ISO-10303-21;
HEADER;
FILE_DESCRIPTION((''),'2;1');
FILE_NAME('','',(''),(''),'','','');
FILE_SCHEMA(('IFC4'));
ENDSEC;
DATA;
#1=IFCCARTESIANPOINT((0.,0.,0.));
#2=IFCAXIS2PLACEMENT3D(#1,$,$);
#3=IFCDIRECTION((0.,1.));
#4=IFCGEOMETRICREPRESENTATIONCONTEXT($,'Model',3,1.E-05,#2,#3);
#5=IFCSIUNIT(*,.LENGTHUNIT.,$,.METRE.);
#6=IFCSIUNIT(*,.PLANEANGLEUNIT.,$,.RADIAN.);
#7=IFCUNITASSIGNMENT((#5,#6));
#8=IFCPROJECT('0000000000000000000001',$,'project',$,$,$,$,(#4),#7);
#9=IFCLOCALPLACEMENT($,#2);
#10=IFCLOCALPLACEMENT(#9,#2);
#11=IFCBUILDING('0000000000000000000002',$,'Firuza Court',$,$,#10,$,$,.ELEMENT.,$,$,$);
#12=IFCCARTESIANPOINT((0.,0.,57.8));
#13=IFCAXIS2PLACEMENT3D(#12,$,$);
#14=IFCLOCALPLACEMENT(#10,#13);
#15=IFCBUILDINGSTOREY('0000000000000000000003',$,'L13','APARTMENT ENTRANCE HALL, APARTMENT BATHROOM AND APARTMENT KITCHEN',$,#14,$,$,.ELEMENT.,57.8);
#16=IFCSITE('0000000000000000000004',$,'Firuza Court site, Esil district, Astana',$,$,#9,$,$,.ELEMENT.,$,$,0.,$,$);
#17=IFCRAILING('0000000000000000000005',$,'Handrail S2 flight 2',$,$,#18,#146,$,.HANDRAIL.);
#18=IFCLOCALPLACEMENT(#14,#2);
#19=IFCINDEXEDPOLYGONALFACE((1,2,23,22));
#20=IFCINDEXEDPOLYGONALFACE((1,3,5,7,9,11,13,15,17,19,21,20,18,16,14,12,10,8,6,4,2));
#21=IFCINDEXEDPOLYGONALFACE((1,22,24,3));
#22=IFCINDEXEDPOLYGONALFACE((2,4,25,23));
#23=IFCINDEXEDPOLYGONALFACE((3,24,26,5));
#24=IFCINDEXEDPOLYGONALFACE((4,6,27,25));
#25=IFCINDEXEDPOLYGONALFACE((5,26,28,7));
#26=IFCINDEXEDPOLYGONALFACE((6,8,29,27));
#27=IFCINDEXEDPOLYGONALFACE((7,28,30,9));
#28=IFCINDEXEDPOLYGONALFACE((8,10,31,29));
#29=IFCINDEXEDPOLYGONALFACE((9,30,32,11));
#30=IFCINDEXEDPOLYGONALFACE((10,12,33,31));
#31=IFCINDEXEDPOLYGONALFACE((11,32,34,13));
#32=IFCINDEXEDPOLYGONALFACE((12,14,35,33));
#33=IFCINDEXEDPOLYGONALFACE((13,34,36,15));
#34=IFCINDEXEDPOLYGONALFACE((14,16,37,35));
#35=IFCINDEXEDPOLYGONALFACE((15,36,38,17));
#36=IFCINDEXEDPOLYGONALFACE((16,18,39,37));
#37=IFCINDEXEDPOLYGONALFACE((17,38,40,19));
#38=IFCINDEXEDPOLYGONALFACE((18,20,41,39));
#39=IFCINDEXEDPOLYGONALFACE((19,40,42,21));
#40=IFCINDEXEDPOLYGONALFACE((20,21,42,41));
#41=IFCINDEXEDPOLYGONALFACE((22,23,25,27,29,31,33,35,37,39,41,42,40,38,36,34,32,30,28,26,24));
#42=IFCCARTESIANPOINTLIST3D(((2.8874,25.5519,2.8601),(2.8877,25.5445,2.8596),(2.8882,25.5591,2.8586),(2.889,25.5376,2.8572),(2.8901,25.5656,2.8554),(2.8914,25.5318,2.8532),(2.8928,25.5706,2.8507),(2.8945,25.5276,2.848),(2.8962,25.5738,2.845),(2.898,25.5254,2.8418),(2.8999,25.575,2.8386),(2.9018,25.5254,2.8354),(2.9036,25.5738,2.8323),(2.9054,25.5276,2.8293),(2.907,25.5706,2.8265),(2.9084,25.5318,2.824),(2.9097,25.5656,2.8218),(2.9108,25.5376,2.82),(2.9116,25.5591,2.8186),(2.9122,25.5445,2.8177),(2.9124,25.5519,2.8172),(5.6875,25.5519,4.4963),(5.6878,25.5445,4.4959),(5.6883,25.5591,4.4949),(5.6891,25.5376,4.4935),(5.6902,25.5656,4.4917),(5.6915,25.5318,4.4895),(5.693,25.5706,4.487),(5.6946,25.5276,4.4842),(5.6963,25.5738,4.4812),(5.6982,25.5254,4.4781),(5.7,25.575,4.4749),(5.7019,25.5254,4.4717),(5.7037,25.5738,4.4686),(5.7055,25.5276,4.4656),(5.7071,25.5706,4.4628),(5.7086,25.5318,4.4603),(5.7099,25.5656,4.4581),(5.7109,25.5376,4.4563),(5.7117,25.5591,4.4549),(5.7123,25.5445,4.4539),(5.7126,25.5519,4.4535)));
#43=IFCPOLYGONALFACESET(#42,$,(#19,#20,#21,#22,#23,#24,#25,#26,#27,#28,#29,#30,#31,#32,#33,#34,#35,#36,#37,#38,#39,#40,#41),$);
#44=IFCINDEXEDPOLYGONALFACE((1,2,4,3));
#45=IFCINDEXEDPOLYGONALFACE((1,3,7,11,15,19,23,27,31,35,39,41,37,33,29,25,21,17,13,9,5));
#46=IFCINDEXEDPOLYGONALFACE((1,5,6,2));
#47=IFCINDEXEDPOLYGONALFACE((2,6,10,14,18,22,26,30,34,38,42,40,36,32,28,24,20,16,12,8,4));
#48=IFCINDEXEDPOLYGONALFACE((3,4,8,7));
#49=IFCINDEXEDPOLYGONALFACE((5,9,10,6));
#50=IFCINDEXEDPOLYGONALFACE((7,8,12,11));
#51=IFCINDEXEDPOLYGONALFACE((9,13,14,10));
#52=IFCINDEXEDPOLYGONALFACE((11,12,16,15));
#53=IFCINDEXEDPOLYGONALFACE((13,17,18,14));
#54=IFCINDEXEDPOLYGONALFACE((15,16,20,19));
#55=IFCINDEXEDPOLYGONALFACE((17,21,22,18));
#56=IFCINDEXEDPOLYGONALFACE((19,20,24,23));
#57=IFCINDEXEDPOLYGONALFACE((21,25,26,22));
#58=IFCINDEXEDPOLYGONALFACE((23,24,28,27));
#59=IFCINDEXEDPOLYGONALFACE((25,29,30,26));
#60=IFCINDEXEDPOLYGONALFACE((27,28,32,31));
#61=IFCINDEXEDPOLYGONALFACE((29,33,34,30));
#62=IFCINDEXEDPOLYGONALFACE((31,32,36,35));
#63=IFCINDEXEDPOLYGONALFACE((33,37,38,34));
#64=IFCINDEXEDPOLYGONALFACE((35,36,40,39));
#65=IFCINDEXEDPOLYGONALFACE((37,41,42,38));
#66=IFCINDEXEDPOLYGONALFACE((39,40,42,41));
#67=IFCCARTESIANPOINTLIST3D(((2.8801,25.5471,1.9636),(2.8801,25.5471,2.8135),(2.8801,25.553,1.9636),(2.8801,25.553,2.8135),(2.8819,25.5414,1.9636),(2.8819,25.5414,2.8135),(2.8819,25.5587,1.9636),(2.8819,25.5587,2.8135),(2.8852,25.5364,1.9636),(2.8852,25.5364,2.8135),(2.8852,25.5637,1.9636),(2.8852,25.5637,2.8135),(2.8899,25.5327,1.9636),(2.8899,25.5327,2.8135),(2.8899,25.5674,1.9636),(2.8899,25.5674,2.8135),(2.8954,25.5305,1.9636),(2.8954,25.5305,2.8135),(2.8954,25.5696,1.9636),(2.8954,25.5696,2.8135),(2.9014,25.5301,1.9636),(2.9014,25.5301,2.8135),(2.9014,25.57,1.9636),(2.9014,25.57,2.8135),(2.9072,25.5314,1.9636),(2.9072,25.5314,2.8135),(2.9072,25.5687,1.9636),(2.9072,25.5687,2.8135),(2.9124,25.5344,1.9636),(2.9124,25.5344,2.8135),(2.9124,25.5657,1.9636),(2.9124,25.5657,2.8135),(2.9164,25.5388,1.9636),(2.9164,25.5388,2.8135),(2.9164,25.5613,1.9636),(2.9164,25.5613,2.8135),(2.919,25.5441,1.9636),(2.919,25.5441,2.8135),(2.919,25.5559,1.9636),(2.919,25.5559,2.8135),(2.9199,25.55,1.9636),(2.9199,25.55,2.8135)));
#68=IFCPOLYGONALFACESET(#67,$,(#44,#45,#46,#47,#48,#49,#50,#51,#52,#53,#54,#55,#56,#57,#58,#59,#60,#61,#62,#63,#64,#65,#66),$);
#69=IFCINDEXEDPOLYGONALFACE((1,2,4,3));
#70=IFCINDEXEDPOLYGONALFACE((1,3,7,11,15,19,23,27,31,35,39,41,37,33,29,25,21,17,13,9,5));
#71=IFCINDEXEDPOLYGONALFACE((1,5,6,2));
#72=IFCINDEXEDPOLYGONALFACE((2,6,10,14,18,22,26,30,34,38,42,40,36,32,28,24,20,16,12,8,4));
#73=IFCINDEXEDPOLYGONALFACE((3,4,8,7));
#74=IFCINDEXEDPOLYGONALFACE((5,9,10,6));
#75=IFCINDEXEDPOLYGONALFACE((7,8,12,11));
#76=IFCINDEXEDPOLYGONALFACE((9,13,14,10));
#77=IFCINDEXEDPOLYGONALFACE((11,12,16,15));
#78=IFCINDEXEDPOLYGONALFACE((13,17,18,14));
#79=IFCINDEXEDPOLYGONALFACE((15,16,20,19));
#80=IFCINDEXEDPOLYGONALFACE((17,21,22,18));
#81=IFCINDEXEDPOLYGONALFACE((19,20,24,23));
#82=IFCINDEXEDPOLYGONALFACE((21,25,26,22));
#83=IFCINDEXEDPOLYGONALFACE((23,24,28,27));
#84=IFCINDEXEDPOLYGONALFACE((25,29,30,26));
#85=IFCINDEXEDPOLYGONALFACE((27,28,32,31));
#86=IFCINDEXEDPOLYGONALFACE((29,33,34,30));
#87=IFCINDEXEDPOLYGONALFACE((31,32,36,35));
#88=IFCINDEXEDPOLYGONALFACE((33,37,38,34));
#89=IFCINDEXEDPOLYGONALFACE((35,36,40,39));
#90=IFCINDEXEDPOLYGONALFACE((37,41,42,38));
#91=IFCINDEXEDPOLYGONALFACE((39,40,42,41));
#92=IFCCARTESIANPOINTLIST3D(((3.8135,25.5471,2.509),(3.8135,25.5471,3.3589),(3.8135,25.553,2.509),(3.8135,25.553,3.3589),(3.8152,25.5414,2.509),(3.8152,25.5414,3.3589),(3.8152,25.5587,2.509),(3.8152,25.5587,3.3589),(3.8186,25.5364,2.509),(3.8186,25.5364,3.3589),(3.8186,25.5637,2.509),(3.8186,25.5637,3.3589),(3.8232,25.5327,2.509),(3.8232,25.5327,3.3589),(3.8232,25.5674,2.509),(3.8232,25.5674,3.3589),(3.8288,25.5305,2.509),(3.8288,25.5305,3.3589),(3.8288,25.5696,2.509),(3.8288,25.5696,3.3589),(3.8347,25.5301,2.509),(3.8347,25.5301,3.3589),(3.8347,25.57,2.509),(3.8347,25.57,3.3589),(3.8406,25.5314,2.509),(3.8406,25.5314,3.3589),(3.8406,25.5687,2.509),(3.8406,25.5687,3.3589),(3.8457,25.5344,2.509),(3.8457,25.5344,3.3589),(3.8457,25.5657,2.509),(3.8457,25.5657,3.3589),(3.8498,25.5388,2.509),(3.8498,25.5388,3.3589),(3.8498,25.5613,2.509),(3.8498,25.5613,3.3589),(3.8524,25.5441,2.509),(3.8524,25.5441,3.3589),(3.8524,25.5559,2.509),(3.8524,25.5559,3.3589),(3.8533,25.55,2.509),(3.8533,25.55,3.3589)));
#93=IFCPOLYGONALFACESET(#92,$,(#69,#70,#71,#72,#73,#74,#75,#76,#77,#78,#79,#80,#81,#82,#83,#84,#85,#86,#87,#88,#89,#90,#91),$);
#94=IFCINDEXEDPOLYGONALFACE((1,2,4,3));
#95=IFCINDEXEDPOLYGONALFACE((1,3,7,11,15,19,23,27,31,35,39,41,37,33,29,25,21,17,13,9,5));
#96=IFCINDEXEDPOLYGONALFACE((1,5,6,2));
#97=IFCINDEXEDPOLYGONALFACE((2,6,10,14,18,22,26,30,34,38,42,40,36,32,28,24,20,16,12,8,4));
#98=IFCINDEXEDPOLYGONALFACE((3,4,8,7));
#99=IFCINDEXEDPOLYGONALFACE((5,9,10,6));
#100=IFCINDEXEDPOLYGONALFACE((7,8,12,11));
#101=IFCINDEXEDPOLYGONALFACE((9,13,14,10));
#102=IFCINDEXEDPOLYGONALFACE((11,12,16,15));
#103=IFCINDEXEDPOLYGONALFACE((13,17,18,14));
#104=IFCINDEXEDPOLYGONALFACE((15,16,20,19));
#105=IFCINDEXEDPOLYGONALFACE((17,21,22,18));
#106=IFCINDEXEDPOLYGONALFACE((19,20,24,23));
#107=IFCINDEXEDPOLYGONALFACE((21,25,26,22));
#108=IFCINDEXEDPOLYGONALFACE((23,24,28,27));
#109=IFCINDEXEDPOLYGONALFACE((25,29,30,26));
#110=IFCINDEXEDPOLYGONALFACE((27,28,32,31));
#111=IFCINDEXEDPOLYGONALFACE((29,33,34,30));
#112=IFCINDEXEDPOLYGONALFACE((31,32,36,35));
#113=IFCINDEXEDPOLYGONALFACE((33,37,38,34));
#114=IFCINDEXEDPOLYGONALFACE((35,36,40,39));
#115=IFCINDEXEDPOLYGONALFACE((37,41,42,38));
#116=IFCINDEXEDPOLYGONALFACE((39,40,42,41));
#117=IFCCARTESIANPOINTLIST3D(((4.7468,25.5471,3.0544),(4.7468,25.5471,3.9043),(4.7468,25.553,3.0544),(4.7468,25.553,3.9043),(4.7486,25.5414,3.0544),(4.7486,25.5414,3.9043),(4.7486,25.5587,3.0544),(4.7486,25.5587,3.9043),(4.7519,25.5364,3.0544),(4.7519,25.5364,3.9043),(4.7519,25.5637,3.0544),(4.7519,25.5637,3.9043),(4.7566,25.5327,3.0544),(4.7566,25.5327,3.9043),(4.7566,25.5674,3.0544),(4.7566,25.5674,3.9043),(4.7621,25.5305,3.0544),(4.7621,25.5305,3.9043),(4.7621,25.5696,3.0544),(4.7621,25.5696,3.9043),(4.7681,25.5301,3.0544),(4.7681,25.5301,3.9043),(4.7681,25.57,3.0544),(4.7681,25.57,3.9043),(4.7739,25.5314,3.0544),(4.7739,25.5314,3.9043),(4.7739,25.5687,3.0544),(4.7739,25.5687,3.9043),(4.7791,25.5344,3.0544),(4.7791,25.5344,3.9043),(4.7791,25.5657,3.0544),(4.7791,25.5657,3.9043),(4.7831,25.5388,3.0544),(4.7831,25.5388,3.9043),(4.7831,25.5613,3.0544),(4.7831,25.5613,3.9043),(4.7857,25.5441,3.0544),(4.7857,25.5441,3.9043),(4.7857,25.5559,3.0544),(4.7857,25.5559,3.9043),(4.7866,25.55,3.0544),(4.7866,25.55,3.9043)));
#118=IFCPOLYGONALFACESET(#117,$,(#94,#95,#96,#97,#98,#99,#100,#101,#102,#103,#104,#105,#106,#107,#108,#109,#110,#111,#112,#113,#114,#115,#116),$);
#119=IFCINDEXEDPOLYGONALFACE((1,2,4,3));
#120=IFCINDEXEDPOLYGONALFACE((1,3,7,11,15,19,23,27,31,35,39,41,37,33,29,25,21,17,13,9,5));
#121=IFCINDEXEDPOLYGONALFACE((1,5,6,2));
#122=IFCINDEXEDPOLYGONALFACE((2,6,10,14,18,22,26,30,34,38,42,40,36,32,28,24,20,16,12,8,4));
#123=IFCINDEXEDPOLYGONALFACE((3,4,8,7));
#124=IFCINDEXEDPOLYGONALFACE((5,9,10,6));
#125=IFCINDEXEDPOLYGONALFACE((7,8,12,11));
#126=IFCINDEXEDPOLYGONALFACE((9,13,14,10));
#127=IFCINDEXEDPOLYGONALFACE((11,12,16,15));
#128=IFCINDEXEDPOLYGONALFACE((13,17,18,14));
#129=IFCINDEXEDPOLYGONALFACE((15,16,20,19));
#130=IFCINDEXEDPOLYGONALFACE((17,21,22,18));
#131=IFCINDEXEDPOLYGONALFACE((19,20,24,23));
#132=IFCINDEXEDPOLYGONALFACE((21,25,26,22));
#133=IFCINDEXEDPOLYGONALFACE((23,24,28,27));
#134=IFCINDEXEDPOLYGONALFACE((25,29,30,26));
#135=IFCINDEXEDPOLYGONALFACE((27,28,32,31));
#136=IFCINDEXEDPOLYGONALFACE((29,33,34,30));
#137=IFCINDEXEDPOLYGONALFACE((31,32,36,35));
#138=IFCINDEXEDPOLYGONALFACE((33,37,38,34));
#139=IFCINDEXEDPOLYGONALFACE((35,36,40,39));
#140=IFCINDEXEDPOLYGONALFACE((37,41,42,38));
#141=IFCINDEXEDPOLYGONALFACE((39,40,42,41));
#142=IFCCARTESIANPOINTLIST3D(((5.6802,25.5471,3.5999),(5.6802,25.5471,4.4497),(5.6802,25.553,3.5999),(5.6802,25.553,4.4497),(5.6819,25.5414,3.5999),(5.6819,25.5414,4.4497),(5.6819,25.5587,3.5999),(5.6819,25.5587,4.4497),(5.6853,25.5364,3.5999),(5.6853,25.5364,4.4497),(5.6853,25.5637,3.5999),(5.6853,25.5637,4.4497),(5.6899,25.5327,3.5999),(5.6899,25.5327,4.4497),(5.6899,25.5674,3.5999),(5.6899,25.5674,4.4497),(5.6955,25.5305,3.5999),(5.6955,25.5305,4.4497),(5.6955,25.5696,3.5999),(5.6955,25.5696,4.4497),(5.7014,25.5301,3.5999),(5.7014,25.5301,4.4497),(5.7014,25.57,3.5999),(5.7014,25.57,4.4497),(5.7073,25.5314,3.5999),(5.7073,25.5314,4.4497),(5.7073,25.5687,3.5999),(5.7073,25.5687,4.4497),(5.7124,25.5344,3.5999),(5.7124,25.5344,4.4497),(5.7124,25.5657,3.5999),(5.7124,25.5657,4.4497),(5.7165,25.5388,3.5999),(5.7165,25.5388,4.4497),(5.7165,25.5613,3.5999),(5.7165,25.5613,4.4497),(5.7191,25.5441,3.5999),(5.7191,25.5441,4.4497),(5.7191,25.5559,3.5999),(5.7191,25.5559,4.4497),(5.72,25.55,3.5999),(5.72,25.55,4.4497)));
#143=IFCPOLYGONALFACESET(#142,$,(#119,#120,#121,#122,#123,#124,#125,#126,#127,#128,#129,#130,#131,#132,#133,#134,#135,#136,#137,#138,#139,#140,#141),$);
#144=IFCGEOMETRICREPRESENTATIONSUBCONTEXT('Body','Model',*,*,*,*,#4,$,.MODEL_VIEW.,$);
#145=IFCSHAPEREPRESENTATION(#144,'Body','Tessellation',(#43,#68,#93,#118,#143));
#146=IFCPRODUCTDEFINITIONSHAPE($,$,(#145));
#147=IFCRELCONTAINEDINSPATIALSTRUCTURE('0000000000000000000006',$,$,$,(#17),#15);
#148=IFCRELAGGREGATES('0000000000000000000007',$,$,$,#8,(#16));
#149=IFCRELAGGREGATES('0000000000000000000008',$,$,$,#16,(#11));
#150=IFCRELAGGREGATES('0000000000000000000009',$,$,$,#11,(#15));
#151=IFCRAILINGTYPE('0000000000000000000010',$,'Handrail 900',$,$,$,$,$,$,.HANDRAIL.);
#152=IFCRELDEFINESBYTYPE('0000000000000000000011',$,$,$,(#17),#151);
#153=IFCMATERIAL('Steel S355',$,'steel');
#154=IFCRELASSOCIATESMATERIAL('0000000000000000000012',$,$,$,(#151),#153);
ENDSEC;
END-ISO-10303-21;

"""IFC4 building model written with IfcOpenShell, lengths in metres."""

from ifc_helpers import new_model, si_unit, direction, frame, origin, origin_2d, place, context, subcontext, project, spatial, circle, extrude, material, type_object, element, save


model = new_model("IFC4")

# Units and contexts
model_context = context("Model", 3, precision=1e-05, world=origin(), true_north=direction((0.0, 1.0)))
body_context = subcontext(model_context, "Body", "Model", "MODEL_VIEW")
ifc_project = project(units=[si_unit("LENGTHUNIT", "METRE"), si_unit("PLANEANGLEUNIT", "RADIAN")], contexts=[model_context])

# Site, building, storey
site_placement = place(None, origin())
site = spatial("IfcSite", under=ifc_project, at=site_placement, Name="Firuza Court site, Esil district, Astana", CompositionType="ELEMENT", RefElevation=0.0)
building_placement = place(site_placement, origin())
building = spatial("IfcBuilding", under=site, at=building_placement, Name="Firuza Court", CompositionType="ELEMENT")
storey_placement = place(building_placement, frame((0.0, 0.0, 57.8)))
storey = spatial("IfcBuildingStorey", under=building, at=storey_placement, Name="L13", Description="APARTMENT ENTRANCE HALL, APARTMENT BATHROOM AND APARTMENT KITCHEN", CompositionType="ELEMENT", Elevation=57.8)

# Railing
ifc_material_1 = material(Name="Steel S355", Category="steel")
railing_type_1 = type_object("IfcRailingType", Name="Handrail 900", PredefinedType="HANDRAIL", material=ifc_material_1)
railing_1_placement = place(storey_placement, frame((2.8999, 25.55, 1.9636)))
element("IfcRailing", 1, at=railing_1_placement, inside=storey, type_object=railing_type_1, Name="Handrail S2 flight 2", PredefinedType="HANDRAIL", context=body_context, shape_type="SweptSolid", body=[
    extrude(circle(Radius=0.0249, at=origin_2d()), frame((0.0, 0.0, 0.875), z_axis=(0.863394, 0.0, 0.504531), x_axis=(0.0, 1.0, 0.0)), (0.0, 0.0, 1.0), 3.2432),
    extrude(circle(Radius=0.02, at=origin_2d()), origin(), (0.0, 0.0, 1.0), 0.8499),
    extrude(circle(Radius=0.02, at=origin_2d()), frame((0.9333, 0.0, 0.5454)), (0.0, 0.0, 1.0), 0.8499),
    extrude(circle(Radius=0.02, at=origin_2d()), frame((1.8667, 0.0, 1.0908)), (0.0, 0.0, 1.0), 0.8499),
    extrude(circle(Radius=0.02, at=origin_2d()), frame((2.8, 0.0, 1.6362)), (0.0, 0.0, 1.0), 0.8499),
])

save(model, "model.ifc")
